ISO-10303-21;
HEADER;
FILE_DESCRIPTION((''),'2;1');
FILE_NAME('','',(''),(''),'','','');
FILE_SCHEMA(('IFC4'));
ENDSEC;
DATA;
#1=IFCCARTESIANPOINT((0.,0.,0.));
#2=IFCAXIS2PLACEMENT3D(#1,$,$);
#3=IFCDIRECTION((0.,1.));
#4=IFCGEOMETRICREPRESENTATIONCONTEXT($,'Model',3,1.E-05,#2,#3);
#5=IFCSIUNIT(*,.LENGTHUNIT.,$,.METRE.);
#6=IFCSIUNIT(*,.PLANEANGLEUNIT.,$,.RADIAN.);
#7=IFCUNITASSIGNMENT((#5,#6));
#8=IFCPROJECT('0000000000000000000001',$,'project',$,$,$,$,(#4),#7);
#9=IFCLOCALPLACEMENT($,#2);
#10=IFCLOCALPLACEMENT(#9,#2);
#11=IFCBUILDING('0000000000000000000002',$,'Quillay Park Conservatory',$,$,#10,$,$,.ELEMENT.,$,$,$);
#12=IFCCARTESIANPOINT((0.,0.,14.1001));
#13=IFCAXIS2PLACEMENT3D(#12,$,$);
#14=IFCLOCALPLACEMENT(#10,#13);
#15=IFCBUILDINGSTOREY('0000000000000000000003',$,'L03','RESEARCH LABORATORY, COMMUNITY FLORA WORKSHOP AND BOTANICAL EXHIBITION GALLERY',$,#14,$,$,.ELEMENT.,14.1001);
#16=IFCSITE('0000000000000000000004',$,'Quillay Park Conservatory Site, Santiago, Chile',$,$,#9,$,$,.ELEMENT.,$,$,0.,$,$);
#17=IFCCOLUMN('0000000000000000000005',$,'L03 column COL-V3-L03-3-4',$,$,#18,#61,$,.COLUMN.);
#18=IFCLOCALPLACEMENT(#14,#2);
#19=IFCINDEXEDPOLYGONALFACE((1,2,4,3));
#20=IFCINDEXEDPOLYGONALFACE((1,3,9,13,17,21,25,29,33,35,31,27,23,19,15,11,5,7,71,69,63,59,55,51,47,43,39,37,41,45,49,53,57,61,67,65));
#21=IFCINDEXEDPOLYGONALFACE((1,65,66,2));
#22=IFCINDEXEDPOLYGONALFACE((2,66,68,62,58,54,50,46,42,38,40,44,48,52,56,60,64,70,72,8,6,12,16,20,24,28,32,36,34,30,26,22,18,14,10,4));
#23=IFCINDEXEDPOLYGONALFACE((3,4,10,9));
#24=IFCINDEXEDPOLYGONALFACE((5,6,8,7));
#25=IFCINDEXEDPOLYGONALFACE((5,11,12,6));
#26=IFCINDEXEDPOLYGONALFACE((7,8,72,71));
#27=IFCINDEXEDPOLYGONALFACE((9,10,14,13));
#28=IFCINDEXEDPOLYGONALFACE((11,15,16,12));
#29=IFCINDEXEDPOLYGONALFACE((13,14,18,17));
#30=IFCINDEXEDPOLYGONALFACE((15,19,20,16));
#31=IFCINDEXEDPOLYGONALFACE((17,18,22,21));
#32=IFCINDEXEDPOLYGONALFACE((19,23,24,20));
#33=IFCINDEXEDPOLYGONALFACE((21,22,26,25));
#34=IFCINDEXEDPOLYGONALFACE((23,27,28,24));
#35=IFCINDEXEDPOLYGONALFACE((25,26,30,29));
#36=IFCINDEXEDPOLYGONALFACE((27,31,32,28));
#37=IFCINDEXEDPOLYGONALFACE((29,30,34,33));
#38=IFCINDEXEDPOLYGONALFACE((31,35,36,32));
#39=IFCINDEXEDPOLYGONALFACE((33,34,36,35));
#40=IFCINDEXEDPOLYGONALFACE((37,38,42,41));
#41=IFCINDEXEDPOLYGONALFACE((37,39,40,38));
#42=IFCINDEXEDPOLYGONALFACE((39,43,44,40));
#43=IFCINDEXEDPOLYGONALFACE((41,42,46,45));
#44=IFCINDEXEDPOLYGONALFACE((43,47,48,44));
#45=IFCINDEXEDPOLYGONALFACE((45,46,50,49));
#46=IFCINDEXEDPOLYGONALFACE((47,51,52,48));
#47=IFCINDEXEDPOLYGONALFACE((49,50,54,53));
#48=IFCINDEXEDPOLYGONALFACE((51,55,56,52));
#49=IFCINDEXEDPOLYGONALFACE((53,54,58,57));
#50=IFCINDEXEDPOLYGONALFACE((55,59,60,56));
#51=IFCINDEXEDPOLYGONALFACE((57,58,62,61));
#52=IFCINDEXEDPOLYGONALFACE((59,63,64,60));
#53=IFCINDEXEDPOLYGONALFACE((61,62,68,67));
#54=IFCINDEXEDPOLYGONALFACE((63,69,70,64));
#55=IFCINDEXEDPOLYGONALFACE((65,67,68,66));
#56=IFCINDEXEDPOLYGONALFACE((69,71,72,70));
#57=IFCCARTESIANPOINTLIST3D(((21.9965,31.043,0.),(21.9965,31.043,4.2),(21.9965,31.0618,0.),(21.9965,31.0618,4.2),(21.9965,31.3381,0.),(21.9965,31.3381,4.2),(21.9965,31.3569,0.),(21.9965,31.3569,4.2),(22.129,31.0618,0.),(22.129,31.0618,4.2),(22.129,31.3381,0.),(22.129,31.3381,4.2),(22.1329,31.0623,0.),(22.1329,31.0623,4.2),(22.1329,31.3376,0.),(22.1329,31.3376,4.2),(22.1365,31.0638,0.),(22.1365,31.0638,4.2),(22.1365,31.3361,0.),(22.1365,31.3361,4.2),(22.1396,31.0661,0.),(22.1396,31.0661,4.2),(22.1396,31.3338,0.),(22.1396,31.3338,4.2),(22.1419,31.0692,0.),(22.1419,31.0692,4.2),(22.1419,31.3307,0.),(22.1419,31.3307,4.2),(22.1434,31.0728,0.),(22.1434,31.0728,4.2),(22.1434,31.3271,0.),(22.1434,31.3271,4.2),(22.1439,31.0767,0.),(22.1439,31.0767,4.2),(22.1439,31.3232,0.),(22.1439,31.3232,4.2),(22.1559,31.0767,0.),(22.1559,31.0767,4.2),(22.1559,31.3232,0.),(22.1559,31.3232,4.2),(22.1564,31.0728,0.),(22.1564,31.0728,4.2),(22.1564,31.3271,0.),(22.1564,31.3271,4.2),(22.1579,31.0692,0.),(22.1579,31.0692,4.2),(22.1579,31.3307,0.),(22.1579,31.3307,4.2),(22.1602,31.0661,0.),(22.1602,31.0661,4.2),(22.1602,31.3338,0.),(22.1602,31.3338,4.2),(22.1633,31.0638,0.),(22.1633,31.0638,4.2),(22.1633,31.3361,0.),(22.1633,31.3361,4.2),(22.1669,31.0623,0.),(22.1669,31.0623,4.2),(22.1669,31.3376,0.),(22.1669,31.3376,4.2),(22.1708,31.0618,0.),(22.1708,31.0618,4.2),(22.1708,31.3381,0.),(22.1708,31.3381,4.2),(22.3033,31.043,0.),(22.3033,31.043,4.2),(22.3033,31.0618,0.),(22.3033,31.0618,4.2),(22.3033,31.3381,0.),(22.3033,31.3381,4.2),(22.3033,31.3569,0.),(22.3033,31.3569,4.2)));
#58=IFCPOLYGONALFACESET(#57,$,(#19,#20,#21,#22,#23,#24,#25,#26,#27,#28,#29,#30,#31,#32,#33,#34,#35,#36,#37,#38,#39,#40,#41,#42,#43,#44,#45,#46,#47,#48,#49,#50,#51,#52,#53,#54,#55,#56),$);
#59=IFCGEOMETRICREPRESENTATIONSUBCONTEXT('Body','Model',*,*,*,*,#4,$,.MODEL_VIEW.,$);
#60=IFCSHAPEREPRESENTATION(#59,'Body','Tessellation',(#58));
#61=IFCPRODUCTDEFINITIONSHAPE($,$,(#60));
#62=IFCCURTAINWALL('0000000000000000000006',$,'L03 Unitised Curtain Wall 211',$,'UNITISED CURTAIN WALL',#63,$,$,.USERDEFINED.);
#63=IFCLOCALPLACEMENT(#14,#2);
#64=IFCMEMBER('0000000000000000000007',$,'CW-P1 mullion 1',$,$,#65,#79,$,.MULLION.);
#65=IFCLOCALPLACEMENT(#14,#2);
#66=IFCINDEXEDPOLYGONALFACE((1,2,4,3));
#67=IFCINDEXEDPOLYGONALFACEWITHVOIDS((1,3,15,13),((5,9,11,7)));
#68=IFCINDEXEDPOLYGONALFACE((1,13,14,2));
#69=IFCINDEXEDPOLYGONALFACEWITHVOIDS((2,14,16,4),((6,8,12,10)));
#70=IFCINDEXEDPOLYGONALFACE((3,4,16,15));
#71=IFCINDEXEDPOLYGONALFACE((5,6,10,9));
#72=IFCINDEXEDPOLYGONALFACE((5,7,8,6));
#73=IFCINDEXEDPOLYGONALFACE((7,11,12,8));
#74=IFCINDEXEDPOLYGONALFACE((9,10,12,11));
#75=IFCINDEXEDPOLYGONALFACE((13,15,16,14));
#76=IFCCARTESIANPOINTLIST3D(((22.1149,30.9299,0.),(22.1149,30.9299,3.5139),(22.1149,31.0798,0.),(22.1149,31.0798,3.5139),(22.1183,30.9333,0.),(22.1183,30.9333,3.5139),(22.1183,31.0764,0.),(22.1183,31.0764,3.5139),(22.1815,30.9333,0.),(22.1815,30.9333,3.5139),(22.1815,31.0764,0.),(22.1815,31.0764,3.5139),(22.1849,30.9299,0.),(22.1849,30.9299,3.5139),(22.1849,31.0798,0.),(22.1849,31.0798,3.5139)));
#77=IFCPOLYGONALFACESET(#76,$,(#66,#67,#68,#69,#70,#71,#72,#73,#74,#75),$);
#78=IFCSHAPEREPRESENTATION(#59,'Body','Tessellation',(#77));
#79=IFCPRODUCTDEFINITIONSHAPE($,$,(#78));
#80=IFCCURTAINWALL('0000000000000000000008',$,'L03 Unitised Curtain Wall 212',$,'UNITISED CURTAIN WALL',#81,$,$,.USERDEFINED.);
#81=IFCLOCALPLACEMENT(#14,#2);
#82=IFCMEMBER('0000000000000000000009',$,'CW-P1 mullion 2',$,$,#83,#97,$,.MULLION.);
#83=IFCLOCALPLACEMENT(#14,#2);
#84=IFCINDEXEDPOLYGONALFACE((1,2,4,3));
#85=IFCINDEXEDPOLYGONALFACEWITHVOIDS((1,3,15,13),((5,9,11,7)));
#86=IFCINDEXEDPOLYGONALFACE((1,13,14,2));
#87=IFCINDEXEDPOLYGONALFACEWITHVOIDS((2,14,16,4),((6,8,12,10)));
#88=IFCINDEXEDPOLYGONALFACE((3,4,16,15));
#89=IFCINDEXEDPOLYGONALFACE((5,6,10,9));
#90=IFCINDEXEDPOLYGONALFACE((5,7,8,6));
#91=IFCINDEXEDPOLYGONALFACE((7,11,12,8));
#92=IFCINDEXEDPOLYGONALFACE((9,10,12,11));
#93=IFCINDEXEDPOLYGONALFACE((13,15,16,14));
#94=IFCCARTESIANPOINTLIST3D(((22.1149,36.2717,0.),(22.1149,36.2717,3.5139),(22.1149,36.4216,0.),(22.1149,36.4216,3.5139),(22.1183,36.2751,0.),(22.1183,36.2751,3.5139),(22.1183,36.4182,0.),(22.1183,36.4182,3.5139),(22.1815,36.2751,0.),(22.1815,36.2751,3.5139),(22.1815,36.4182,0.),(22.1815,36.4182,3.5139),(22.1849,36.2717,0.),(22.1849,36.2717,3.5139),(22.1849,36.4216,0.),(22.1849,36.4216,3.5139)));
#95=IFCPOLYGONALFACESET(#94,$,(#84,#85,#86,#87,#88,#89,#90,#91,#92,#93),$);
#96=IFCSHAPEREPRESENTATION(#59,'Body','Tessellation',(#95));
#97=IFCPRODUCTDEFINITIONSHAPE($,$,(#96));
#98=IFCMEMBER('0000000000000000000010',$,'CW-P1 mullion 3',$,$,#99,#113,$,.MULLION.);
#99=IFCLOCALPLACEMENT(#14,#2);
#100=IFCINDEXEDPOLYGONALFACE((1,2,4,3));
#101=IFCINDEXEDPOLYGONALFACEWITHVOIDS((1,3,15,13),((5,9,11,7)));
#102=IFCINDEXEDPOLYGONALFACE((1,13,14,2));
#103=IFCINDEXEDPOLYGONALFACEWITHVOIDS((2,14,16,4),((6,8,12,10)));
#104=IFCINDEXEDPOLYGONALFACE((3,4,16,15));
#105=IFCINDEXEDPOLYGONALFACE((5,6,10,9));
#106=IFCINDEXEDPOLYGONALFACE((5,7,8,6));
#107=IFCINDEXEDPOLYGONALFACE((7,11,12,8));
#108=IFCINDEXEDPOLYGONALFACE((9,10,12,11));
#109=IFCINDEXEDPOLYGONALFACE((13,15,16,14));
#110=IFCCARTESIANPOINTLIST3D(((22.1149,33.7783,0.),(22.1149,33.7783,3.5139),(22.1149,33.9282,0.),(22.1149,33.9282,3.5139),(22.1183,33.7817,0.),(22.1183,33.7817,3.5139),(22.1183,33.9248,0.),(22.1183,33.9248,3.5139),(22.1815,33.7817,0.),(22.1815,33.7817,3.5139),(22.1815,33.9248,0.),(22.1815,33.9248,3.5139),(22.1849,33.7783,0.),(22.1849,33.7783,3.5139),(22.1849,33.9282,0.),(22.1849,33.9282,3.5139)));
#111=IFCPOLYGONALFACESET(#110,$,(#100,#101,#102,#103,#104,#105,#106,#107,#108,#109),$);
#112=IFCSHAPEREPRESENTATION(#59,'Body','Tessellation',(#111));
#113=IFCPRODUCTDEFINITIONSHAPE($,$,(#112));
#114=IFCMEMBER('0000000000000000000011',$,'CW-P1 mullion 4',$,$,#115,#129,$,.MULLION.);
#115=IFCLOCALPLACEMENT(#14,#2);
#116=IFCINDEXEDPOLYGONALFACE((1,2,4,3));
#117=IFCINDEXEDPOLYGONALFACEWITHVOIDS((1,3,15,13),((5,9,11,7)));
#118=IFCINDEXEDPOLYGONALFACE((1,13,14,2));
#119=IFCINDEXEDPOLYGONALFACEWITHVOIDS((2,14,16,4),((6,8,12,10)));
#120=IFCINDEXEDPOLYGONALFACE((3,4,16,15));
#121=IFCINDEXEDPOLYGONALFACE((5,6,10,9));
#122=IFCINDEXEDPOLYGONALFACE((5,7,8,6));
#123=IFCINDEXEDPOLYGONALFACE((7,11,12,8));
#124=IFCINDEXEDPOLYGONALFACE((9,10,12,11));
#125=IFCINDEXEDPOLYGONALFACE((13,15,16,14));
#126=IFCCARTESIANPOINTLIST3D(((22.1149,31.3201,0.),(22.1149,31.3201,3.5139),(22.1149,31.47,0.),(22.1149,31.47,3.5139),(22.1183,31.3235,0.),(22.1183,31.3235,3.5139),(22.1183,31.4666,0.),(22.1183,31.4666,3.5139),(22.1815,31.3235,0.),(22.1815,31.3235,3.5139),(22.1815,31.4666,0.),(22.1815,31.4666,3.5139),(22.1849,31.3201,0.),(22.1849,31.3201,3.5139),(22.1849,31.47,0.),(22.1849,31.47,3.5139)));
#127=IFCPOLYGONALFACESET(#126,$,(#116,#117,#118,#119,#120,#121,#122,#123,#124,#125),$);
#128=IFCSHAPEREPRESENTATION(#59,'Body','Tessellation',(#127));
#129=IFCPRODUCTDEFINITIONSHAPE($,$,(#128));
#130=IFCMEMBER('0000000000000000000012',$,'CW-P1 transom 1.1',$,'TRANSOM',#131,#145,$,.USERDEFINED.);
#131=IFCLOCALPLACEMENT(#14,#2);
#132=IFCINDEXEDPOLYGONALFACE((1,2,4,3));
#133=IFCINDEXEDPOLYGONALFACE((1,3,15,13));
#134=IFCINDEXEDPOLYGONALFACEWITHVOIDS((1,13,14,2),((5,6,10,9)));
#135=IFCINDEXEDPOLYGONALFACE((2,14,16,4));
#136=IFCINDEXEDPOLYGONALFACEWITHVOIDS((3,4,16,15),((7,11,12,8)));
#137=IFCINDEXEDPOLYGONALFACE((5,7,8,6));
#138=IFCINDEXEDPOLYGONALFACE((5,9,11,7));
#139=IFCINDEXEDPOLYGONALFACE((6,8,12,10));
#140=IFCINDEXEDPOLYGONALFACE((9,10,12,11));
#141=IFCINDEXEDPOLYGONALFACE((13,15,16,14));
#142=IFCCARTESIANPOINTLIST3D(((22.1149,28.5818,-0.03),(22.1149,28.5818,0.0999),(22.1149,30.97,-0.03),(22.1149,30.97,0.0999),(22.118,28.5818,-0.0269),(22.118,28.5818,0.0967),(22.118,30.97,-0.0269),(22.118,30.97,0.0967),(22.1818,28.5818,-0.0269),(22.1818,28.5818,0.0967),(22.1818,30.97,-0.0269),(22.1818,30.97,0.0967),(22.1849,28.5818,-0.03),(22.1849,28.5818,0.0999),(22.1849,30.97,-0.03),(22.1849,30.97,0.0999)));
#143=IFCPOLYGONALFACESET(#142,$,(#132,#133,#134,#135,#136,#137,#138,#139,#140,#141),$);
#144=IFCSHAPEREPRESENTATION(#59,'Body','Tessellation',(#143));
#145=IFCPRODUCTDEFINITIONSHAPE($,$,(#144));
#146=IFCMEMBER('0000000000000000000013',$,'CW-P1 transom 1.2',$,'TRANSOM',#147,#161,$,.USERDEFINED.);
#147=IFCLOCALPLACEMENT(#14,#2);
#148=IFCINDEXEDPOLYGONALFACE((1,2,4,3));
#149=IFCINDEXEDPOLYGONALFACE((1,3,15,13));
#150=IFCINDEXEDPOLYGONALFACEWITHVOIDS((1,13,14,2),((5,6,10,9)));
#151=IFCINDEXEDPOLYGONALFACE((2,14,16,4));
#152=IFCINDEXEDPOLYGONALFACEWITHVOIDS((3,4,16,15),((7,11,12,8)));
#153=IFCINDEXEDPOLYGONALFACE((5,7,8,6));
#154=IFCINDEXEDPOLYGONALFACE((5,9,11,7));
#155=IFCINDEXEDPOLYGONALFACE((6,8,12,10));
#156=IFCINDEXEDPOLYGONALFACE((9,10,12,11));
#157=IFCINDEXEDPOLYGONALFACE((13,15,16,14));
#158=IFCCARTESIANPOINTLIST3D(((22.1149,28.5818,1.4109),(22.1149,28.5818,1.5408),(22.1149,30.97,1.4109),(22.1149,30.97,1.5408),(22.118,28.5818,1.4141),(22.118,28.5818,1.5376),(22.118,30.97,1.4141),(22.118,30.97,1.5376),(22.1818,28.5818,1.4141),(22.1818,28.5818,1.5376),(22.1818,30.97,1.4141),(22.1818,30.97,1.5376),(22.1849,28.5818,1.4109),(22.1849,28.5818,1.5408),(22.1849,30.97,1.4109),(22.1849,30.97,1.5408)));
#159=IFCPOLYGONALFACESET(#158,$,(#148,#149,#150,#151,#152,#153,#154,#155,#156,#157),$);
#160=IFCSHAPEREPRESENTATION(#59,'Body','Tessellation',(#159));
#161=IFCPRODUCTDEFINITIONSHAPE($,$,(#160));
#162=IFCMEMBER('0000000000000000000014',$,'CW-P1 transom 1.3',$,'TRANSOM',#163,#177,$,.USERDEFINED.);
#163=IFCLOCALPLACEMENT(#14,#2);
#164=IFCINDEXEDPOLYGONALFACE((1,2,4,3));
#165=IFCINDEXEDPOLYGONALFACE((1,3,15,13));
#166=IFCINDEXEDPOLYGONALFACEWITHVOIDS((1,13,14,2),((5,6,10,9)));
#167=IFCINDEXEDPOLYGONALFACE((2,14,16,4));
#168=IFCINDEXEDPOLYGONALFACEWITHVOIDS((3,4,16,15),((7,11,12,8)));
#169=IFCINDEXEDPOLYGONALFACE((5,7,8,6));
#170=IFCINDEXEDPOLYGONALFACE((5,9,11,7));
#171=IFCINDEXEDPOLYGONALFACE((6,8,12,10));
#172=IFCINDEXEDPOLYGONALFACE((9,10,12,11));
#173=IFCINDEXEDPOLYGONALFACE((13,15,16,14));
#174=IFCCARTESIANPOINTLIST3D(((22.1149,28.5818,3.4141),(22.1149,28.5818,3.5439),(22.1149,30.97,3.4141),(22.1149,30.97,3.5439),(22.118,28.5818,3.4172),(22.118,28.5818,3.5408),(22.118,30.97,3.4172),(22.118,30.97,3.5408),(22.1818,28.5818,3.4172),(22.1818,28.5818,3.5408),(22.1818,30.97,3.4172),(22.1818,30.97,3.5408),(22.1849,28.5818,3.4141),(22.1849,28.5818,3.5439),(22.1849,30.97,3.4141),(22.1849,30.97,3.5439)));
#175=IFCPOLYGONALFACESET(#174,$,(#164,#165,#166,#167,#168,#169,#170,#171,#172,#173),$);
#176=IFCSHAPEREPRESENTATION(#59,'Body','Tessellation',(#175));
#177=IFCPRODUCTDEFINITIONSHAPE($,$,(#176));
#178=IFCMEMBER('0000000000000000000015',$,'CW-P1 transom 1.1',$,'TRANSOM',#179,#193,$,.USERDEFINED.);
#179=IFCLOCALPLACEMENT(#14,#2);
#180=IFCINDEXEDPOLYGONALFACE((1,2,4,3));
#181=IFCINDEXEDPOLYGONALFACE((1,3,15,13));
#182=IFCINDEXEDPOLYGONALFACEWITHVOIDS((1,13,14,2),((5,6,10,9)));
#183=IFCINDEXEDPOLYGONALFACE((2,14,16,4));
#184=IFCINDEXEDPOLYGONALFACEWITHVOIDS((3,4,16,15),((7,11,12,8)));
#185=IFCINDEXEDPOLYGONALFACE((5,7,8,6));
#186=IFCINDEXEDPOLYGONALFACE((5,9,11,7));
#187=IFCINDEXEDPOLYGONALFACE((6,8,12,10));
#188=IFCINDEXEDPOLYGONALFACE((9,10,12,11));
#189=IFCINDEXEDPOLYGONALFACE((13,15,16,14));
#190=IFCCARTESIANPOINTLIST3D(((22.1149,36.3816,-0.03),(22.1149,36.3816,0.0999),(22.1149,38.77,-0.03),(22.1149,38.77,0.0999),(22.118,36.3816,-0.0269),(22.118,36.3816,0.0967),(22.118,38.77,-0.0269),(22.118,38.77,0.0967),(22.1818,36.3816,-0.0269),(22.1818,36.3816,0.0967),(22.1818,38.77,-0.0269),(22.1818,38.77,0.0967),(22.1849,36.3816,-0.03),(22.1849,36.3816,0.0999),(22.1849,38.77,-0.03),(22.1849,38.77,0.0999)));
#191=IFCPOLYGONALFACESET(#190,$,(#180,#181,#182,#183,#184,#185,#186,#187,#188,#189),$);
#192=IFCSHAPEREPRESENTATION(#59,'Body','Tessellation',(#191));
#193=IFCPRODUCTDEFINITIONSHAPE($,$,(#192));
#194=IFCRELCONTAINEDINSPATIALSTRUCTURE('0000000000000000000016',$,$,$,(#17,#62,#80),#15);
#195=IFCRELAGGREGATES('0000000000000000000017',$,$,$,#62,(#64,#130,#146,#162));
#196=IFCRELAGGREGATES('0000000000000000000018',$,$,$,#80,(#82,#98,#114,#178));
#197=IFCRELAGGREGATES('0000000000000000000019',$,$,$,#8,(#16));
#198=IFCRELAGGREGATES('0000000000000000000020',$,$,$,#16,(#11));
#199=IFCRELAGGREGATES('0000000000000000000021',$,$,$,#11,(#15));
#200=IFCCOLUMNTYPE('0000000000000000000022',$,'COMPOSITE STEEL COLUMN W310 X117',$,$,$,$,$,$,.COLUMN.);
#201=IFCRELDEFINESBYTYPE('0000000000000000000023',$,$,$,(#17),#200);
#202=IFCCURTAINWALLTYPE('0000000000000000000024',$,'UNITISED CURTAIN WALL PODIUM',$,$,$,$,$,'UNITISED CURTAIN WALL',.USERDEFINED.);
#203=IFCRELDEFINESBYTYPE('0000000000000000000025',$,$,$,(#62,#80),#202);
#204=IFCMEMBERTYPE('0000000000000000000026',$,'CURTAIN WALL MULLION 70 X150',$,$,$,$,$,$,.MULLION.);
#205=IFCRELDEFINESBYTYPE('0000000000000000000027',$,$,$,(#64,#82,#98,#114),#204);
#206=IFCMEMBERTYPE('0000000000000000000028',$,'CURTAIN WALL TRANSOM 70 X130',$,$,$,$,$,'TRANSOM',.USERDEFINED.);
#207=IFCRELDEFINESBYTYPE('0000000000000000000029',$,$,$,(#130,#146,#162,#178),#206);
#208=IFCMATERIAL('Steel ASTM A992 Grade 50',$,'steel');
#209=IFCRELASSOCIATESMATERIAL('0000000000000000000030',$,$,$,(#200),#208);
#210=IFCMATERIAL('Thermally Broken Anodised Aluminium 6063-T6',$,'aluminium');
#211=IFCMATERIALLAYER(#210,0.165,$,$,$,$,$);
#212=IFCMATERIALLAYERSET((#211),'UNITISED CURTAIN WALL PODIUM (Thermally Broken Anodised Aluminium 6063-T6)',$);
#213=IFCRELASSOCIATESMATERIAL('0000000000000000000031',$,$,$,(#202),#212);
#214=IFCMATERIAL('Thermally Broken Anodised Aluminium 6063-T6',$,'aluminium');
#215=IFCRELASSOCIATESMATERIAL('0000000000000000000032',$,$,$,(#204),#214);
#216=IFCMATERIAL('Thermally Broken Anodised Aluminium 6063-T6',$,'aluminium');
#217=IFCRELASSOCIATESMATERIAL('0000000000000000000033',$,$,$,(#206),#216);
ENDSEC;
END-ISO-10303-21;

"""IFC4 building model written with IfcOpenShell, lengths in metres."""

from ifc_helpers import new_model, si_unit, direction, frame, origin, origin_2d, place, context, subcontext, project, spatial, hollow_rectangle, i_section, extrude, material, layer, layer_set, material_profile, profile_set, type_object, element, aggregate, save


model = new_model("IFC4")

# Units and contexts
model_context = context("Model", 3, precision=1e-05, world=origin(), true_north=direction((0.0, 1.0)))
body_context = subcontext(model_context, "Body", "Model", "MODEL_VIEW")
ifc_project = project(units=[si_unit("LENGTHUNIT", "METRE"), si_unit("PLANEANGLEUNIT", "RADIAN")], contexts=[model_context])

# Site, building, storey
site_placement = place(None, origin())
site = spatial("IfcSite", under=ifc_project, at=site_placement, Name="Quillay Park Conservatory Site, Santiago, Chile", CompositionType="ELEMENT", RefElevation=0.0)
building_placement = place(site_placement, origin())
building = spatial("IfcBuilding", under=site, at=building_placement, Name="Quillay Park Conservatory", CompositionType="ELEMENT")
storey_placement = place(building_placement, frame((0.0, 0.0, 14.1001)))
storey = spatial("IfcBuildingStorey", under=building, at=storey_placement, Name="L03", Description="RESEARCH LABORATORY, COMMUNITY FLORA WORKSHOP AND BOTANICAL EXHIBITION GALLERY", CompositionType="ELEMENT", Elevation=14.1001)

# Column
ifc_material_1 = material(Name="Steel ASTM A992 Grade 50", Category="steel")
ifc_material_profile_1 = material_profile(ifc_material_1, i_section(OverallWidth=0.3069, OverallDepth=0.314, WebThickness=0.012, FlangeThickness=0.0188, FilletRadius=0.0149, at=origin_2d()), Name="W310x117")
ifc_profile_set_1 = profile_set([ifc_material_profile_1], Name="Steel ASTM A992 Grade 50")
column_type = type_object("IfcColumnType", Name="COMPOSITE STEEL COLUMN W310 X117", PredefinedType="COLUMN", material=ifc_profile_set_1)
column_placement = place(storey_placement, frame((22.1499, 31.2, 0.0), z_axis=(0.0, 0.0, 1.0), x_axis=(1.0, 0.0, 0.0)))
element("IfcColumn", 1, at=column_placement, inside=storey, type_object=column_type, Name="L03 column COL-V3-L03-3-4", PredefinedType="COLUMN", context=body_context, shape_type="SweptSolid", body=[
    extrude(i_section(OverallWidth=0.3069, OverallDepth=0.314, WebThickness=0.012, FlangeThickness=0.0188, FilletRadius=0.0149, at=origin_2d()), origin(), (0.0, 0.0, 1.0), 4.2),
])

# Curtain wall, member
ifc_material_2 = material(Name="Thermally Broken Anodised Aluminium 6063-T6", Category="aluminium")
ifc_layer_1 = layer(ifc_material_2, 0.165)
ifc_layer_set_1 = layer_set([ifc_layer_1], Name="UNITISED CURTAIN WALL PODIUM (Thermally Broken Anodised Aluminium 6063-T6)")
curtain_wall_type = type_object("IfcCurtainWallType", Name="UNITISED CURTAIN WALL PODIUM", ElementType="UNITISED CURTAIN WALL", PredefinedType="USERDEFINED", material=ifc_layer_set_1)
curtain_wall_1_placement = place(storey_placement, origin())
curtain_wall_1 = element("IfcCurtainWall", 2, at=curtain_wall_1_placement, inside=storey, type_object=curtain_wall_type, Name="L03 Unitised Curtain Wall 211", ObjectType="UNITISED CURTAIN WALL", PredefinedType="USERDEFINED")
ifc_material_3 = material(Name="Thermally Broken Anodised Aluminium 6063-T6", Category="aluminium")
ifc_material_profile_2 = material_profile(ifc_material_3, hollow_rectangle(XDim=0.0701, YDim=0.1499, WallThickness=0.0034, at=origin_2d()), Name="AL70x150x3.5")
ifc_profile_set_2 = profile_set([ifc_material_profile_2], Name="Thermally Broken Anodised Aluminium 6063-T6")
member_type_1 = type_object("IfcMemberType", Name="CURTAIN WALL MULLION 70 X150", PredefinedType="MULLION", material=ifc_profile_set_2)
member_1_placement = place(storey_placement, frame((22.1499, 31.0049, 0.0), z_axis=(0.0, 0.0, 1.0), x_axis=(1.0, 0.0, 0.0)))
member_1 = element("IfcMember", 3, at=member_1_placement, type_object=member_type_1, Name="CW-P1 mullion 1", PredefinedType="MULLION", context=body_context, shape_type="SweptSolid", body=[
    extrude(hollow_rectangle(XDim=0.0701, YDim=0.1499, WallThickness=0.0034, at=origin_2d()), origin(), (0.0, 0.0, 1.0), 3.5139),
])

# Curtain wall, members
curtain_wall_2_placement = place(storey_placement, origin())
curtain_wall_2 = element("IfcCurtainWall", 4, at=curtain_wall_2_placement, inside=storey, type_object=curtain_wall_type, Name="L03 Unitised Curtain Wall 212", ObjectType="UNITISED CURTAIN WALL", PredefinedType="USERDEFINED")
member_2_placement = place(storey_placement, frame((22.1499, 36.3467, 0.0), z_axis=(0.0, 0.0, 1.0), x_axis=(1.0, 0.0, 0.0)))
member_2 = element("IfcMember", 5, at=member_2_placement, type_object=member_type_1, Name="CW-P1 mullion 2", PredefinedType="MULLION", context=body_context, shape_type="SweptSolid", body=[
    extrude(hollow_rectangle(XDim=0.0701, YDim=0.1499, WallThickness=0.0034, at=origin_2d()), origin(), (0.0, 0.0, 1.0), 3.5139),
])
member_3_placement = place(storey_placement, frame((22.1499, 33.8533, 0.0), z_axis=(0.0, 0.0, 1.0), x_axis=(1.0, 0.0, 0.0)))
member_3 = element("IfcMember", 6, at=member_3_placement, type_object=member_type_1, Name="CW-P1 mullion 3", PredefinedType="MULLION", context=body_context, shape_type="SweptSolid", body=[
    extrude(hollow_rectangle(XDim=0.0701, YDim=0.1499, WallThickness=0.0034, at=origin_2d()), origin(), (0.0, 0.0, 1.0), 3.5139),
])
member_4_placement = place(storey_placement, frame((22.1499, 31.395, 0.0), z_axis=(0.0, 0.0, 1.0), x_axis=(1.0, 0.0, 0.0)))
member_4 = element("IfcMember", 7, at=member_4_placement, type_object=member_type_1, Name="CW-P1 mullion 4", PredefinedType="MULLION", context=body_context, shape_type="SweptSolid", body=[
    extrude(hollow_rectangle(XDim=0.0701, YDim=0.1499, WallThickness=0.0034, at=origin_2d()), origin(), (0.0, 0.0, 1.0), 3.5139),
])

# Members
ifc_material_4 = material(Name="Thermally Broken Anodised Aluminium 6063-T6", Category="aluminium")
ifc_material_profile_3 = material_profile(ifc_material_4, hollow_rectangle(XDim=0.0701, YDim=0.1299, WallThickness=0.0032, at=origin_2d()), Name="AL70x130x3.2")
ifc_profile_set_3 = profile_set([ifc_material_profile_3], Name="Thermally Broken Anodised Aluminium 6063-T6")
member_type_2 = type_object("IfcMemberType", Name="CURTAIN WALL TRANSOM 70 X130", ElementType="TRANSOM", PredefinedType="USERDEFINED", material=ifc_profile_set_3)
member_5_placement = place(storey_placement, frame((22.1499, 30.97, 0.0349), z_axis=(0.0, -1.0, 0.0), x_axis=(1.0, 0.0, 0.0)))
member_5 = element("IfcMember", 8, at=member_5_placement, type_object=member_type_2, Name="CW-P1 transom 1.1", ObjectType="TRANSOM", PredefinedType="USERDEFINED", context=body_context, shape_type="SweptSolid", body=[
    extrude(hollow_rectangle(XDim=0.0701, YDim=0.1299, WallThickness=0.0032, at=origin_2d()), origin(), (0.0, 0.0, 1.0), 2.3882),
])
member_6_placement = place(storey_placement, frame((22.1499, 30.97, 1.4758), z_axis=(0.0, -1.0, 0.0), x_axis=(1.0, 0.0, 0.0)))
member_6 = element("IfcMember", 9, at=member_6_placement, type_object=member_type_2, Name="CW-P1 transom 1.2", ObjectType="TRANSOM", PredefinedType="USERDEFINED", context=body_context, shape_type="SweptSolid", body=[
    extrude(hollow_rectangle(XDim=0.0701, YDim=0.1299, WallThickness=0.0032, at=origin_2d()), origin(), (0.0, 0.0, 1.0), 2.3882),
])
member_7_placement = place(storey_placement, frame((22.1499, 30.97, 3.479), z_axis=(0.0, -1.0, 0.0), x_axis=(1.0, 0.0, 0.0)))
member_7 = element("IfcMember", 10, at=member_7_placement, type_object=member_type_2, Name="CW-P1 transom 1.3", ObjectType="TRANSOM", PredefinedType="USERDEFINED", context=body_context, shape_type="SweptSolid", body=[
    extrude(hollow_rectangle(XDim=0.0701, YDim=0.1299, WallThickness=0.0032, at=origin_2d()), origin(), (0.0, 0.0, 1.0), 2.3882),
])
member_8_placement = place(storey_placement, frame((22.1499, 38.77, 0.0349), z_axis=(0.0, -1.0, 0.0), x_axis=(1.0, 0.0, 0.0)))
member_8 = element("IfcMember", 11, at=member_8_placement, type_object=member_type_2, Name="CW-P1 transom 1.1", ObjectType="TRANSOM", PredefinedType="USERDEFINED", context=body_context, shape_type="SweptSolid", body=[
    extrude(hollow_rectangle(XDim=0.0701, YDim=0.1299, WallThickness=0.0032, at=origin_2d()), origin(), (0.0, 0.0, 1.0), 2.3884),
])

aggregate(curtain_wall_1, [member_1, member_5, member_6, member_7])
aggregate(curtain_wall_2, [member_2, member_3, member_4, member_8])

save(model, "model.ifc")
